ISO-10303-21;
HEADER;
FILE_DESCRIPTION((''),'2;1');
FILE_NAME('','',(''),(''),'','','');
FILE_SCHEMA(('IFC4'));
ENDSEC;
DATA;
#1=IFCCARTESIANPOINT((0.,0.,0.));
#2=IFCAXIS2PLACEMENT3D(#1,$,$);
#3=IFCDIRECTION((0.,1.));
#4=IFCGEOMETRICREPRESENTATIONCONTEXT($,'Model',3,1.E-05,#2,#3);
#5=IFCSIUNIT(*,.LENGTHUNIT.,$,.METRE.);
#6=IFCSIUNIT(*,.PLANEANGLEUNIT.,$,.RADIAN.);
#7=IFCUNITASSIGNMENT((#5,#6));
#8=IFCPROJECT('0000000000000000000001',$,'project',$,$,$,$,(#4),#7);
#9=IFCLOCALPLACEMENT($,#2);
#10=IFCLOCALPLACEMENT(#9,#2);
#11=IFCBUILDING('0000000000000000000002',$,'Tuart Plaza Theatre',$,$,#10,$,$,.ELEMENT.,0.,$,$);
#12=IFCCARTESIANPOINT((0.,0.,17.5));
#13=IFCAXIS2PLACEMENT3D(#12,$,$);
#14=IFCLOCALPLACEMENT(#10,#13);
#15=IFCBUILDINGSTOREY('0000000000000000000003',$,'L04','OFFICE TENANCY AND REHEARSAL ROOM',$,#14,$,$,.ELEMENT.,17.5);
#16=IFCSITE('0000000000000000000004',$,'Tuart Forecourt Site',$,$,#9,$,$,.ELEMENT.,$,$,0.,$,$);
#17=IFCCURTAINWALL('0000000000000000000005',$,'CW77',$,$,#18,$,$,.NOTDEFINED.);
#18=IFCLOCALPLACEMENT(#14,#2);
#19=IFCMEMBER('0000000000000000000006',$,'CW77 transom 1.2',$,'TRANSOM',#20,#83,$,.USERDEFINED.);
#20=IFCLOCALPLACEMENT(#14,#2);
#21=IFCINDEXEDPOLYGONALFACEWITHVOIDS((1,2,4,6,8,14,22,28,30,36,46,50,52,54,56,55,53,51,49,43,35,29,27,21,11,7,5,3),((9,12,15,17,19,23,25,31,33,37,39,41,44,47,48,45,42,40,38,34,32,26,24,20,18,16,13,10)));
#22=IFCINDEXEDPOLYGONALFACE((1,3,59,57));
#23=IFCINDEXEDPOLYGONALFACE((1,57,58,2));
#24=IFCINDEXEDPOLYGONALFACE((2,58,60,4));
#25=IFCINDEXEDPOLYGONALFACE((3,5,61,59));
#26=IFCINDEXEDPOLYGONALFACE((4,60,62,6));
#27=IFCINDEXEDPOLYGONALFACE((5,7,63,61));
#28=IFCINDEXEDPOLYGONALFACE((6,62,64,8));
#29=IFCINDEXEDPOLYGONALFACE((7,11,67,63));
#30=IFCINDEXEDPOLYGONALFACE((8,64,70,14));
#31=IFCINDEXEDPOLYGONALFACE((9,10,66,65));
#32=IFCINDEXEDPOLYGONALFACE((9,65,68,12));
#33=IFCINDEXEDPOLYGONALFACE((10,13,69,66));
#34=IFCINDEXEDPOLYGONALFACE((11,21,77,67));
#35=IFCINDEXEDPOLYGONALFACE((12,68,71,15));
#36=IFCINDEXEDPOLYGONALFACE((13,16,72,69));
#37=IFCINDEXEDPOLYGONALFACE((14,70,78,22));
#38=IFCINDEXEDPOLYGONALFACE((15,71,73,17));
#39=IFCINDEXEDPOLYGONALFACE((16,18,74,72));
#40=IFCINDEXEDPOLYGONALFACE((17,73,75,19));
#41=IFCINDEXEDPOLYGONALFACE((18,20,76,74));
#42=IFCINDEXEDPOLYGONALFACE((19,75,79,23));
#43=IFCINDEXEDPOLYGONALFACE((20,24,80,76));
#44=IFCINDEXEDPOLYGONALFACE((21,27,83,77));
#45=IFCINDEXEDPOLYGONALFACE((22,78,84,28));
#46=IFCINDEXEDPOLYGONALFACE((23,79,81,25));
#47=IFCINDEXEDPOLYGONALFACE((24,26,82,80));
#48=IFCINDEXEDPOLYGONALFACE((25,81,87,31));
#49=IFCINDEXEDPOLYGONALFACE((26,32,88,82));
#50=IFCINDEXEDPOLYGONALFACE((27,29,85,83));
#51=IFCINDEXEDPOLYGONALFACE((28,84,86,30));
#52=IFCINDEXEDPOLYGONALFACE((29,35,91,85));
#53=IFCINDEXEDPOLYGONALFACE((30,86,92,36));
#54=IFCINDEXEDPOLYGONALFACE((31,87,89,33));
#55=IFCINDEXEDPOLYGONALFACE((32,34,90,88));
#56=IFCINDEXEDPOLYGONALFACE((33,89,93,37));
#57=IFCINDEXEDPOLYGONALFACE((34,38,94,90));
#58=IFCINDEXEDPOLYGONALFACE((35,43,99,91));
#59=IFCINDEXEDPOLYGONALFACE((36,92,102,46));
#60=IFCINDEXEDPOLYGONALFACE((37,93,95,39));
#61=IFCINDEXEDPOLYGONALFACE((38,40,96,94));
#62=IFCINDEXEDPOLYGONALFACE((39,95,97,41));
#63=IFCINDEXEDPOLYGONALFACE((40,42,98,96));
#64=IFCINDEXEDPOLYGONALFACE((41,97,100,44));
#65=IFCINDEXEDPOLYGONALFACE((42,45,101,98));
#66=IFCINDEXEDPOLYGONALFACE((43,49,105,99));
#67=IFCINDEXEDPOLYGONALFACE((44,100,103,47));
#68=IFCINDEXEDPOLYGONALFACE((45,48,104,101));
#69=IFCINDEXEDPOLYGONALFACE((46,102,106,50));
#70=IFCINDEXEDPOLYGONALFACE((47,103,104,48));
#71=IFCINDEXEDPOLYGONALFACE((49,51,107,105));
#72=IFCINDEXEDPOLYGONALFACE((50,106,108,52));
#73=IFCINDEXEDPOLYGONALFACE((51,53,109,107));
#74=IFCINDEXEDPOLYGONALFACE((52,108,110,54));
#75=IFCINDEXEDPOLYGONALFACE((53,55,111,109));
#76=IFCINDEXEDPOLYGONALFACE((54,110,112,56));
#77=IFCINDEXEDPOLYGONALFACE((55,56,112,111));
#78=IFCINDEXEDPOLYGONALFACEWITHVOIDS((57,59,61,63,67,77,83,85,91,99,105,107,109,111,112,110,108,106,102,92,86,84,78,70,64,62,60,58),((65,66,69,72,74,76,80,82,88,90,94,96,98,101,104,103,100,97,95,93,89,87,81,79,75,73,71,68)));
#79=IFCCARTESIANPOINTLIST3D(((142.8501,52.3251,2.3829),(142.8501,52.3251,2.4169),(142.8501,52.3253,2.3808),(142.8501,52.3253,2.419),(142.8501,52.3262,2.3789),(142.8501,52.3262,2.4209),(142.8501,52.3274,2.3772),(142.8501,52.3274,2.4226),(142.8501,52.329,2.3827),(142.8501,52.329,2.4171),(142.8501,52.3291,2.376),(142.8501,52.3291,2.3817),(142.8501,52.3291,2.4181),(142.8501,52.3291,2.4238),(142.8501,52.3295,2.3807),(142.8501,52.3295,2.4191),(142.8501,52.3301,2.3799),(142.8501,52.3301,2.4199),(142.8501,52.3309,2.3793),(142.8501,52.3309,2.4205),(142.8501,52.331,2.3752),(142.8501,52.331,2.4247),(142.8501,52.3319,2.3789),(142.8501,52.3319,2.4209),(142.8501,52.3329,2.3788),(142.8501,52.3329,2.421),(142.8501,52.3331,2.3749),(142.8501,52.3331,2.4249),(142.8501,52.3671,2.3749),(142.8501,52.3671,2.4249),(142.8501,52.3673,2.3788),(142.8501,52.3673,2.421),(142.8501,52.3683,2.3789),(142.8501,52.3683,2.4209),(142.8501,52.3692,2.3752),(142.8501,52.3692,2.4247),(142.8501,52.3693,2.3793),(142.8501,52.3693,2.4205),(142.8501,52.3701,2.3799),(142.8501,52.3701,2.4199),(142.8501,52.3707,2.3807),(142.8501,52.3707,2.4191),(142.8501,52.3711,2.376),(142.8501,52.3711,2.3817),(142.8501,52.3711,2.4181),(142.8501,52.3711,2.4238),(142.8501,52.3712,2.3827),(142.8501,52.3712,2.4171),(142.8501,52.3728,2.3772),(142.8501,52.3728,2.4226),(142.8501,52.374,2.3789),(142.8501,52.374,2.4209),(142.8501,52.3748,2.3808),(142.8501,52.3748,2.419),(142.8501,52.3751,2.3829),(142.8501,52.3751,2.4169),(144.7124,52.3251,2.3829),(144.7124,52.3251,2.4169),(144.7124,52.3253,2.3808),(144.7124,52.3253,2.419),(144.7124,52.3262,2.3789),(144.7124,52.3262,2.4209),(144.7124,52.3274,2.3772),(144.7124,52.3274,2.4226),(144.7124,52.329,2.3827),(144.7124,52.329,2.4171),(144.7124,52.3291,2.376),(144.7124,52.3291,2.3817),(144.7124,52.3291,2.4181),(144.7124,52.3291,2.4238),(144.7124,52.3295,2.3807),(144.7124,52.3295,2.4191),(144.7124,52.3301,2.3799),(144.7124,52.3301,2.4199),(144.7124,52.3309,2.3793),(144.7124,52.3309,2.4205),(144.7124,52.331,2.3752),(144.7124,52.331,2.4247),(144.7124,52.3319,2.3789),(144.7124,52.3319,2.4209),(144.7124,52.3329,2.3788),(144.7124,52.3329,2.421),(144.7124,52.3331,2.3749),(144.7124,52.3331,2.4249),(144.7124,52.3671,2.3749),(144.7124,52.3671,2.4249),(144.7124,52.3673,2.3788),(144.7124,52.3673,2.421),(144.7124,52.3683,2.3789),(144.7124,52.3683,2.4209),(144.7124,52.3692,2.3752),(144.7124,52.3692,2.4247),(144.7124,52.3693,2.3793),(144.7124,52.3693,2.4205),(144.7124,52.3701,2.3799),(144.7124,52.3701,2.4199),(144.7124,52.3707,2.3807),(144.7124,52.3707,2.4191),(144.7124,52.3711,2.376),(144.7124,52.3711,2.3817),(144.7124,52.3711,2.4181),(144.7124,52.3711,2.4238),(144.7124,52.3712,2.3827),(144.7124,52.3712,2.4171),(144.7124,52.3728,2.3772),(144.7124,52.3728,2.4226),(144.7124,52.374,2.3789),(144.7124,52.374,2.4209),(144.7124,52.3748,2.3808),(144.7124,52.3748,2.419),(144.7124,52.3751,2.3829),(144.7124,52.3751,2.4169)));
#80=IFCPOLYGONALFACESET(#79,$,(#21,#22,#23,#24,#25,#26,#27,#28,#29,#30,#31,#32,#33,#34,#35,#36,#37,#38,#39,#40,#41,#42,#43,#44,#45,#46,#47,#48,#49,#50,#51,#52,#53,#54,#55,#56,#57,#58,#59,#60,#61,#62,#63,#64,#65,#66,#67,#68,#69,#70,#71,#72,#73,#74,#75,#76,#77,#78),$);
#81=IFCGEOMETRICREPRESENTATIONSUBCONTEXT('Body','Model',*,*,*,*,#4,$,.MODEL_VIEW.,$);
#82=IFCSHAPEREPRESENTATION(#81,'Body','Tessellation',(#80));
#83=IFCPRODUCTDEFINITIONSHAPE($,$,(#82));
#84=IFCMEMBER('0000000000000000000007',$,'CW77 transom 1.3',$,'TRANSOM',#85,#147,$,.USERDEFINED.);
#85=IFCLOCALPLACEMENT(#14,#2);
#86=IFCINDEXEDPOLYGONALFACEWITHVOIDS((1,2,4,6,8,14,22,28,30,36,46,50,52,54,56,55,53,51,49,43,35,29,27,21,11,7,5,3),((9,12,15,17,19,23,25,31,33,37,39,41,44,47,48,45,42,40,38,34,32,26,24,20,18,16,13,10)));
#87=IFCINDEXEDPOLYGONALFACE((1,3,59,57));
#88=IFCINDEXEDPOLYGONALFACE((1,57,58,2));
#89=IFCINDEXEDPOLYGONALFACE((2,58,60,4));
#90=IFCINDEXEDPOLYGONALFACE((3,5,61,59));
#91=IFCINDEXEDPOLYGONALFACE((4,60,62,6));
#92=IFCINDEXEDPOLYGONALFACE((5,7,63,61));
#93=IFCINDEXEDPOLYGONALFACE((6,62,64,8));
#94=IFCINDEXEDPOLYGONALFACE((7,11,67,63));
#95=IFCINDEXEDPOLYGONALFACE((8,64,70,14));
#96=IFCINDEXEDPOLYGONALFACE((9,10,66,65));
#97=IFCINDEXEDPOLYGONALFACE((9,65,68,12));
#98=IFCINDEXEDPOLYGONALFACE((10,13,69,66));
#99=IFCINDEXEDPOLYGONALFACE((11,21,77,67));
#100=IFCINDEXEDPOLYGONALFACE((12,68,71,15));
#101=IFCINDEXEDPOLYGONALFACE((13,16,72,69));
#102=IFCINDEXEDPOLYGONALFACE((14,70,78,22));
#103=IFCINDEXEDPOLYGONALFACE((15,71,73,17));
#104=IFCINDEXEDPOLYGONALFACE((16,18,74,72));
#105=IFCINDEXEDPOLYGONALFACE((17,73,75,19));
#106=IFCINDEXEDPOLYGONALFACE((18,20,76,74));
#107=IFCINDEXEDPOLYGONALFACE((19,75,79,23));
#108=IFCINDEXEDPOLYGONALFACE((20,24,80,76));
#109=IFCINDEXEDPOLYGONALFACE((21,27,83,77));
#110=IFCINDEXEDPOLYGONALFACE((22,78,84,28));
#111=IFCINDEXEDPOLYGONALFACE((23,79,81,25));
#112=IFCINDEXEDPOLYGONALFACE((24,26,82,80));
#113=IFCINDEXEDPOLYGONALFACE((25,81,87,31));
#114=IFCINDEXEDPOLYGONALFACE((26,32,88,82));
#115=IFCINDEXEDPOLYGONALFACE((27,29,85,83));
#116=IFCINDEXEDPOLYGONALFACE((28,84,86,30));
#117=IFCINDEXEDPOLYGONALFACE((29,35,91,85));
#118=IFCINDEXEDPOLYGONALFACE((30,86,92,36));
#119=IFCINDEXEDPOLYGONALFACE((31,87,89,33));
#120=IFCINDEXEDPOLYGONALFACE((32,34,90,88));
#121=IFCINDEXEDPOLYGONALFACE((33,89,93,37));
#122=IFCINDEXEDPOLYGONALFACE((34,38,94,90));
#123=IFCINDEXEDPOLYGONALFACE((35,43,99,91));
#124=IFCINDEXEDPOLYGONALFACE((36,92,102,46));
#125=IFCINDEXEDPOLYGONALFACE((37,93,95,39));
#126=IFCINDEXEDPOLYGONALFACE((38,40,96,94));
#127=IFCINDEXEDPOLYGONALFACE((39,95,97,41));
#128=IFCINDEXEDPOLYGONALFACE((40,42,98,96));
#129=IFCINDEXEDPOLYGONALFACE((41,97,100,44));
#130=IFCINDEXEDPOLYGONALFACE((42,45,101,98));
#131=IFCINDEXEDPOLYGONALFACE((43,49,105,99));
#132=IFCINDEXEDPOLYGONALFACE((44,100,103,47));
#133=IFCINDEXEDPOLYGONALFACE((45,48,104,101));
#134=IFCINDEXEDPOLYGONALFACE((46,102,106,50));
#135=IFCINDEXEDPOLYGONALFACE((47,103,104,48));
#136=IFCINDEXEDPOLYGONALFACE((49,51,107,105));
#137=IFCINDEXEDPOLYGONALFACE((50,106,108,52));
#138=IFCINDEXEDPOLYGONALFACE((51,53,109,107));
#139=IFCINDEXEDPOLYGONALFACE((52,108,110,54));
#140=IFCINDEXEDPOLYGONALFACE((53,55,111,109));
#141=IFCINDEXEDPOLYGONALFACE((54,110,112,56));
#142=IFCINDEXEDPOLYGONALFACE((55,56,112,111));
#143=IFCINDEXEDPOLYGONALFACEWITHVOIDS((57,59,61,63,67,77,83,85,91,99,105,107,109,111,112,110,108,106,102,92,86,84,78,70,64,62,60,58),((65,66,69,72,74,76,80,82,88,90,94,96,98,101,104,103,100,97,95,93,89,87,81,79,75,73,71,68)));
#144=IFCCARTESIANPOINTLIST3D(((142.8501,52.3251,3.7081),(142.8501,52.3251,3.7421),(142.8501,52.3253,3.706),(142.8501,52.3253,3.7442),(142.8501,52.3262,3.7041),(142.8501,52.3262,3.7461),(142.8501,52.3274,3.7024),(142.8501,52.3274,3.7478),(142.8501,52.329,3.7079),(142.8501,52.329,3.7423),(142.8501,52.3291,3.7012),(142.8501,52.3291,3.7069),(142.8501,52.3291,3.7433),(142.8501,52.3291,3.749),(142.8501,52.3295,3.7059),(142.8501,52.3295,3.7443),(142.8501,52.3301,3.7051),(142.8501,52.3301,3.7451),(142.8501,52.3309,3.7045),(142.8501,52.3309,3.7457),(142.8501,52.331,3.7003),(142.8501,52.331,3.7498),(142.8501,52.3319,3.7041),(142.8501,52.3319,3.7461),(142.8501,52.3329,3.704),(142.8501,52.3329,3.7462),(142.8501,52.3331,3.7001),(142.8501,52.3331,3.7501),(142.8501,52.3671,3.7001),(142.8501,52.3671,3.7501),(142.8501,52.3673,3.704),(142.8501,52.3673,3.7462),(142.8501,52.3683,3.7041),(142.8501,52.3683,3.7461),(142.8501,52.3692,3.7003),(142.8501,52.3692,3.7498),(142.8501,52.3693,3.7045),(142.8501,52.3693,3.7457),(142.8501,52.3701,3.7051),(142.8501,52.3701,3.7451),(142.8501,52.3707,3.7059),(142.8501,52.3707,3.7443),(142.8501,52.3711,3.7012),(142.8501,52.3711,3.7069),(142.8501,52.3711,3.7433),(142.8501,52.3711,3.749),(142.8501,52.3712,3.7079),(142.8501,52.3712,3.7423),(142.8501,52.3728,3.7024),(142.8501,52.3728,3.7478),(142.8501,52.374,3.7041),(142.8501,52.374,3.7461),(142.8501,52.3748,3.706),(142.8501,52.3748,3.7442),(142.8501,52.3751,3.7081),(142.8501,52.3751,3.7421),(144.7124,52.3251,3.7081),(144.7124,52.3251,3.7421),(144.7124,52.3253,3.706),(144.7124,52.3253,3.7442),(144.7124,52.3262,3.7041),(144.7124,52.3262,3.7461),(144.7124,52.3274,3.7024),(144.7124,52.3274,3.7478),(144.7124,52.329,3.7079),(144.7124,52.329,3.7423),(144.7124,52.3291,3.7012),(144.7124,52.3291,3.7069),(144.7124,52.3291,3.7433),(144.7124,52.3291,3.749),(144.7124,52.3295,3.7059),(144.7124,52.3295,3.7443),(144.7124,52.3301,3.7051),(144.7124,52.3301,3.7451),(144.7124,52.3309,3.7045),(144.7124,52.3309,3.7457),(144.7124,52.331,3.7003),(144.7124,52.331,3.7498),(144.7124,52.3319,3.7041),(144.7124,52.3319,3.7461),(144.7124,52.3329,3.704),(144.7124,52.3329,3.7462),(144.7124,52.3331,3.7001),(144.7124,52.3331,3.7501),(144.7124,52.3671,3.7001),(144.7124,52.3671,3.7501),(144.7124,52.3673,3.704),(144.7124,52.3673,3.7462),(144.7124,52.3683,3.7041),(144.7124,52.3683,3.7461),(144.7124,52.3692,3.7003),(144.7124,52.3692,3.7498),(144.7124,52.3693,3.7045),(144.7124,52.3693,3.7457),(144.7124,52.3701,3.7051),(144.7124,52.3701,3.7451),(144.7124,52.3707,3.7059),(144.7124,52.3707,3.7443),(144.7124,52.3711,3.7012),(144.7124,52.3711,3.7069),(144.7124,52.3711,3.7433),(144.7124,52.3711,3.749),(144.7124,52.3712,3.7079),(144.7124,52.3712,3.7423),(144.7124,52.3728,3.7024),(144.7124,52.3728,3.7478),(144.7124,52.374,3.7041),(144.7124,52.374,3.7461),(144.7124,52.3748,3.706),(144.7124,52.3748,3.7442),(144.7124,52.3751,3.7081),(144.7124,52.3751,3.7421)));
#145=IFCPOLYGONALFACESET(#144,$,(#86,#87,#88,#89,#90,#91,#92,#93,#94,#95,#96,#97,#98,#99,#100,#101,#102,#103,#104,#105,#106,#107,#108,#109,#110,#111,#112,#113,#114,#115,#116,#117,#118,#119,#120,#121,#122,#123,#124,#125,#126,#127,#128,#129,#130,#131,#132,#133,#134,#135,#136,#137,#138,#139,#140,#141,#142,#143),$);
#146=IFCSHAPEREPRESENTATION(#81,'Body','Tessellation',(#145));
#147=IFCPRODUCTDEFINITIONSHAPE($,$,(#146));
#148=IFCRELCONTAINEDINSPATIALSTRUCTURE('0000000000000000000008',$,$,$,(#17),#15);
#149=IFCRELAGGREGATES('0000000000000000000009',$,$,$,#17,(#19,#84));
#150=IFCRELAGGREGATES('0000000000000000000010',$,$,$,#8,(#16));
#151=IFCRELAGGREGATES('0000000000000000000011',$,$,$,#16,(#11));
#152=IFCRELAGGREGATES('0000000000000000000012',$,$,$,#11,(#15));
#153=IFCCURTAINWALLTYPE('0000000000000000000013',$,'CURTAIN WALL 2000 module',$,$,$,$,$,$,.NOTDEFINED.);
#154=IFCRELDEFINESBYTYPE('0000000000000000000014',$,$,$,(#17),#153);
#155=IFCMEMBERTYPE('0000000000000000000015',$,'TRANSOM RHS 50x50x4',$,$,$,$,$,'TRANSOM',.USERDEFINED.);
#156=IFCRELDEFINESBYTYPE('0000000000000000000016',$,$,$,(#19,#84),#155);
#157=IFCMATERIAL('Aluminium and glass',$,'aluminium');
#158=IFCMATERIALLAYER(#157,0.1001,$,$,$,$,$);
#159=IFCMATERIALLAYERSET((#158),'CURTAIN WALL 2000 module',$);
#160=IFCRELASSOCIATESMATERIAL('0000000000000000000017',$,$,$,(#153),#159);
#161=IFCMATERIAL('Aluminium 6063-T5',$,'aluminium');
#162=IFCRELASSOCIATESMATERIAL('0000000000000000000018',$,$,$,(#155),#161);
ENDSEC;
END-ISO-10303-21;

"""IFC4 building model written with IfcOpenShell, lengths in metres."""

from ifc_helpers import new_model, si_unit, direction, frame, origin, origin_2d, place, context, subcontext, project, spatial, hollow_rectangle, extrude, material, layer, layer_set, material_profile, profile_set, type_object, element, aggregate, save


model = new_model("IFC4")

# Units and contexts
model_context = context("Model", 3, precision=1e-05, world=origin(), true_north=direction((0.0, 1.0)))
body_context = subcontext(model_context, "Body", "Model", "MODEL_VIEW")
ifc_project = project(units=[si_unit("LENGTHUNIT", "METRE"), si_unit("PLANEANGLEUNIT", "RADIAN")], contexts=[model_context])

# Site, building, storey
site_placement = place(None, origin())
site = spatial("IfcSite", under=ifc_project, at=site_placement, Name="Tuart Forecourt Site", CompositionType="ELEMENT", RefElevation=0.0)
building_placement = place(site_placement, origin())
building = spatial("IfcBuilding", under=site, at=building_placement, Name="Tuart Plaza Theatre", CompositionType="ELEMENT", ElevationOfRefHeight=0.0)
storey_placement = place(building_placement, frame((0.0, 0.0, 17.5)))
storey = spatial("IfcBuildingStorey", under=building, at=storey_placement, Name="L04", Description="OFFICE TENANCY AND REHEARSAL ROOM", CompositionType="ELEMENT", Elevation=17.5)

# Curtain wall
ifc_material_1 = material(Name="Aluminium and glass", Category="aluminium")
ifc_layer_1 = layer(ifc_material_1, 0.1001)
ifc_layer_set_1 = layer_set([ifc_layer_1], Name="CURTAIN WALL 2000 module")
curtain_wall_type = type_object("IfcCurtainWallType", Name="CURTAIN WALL 2000 module", PredefinedType="NOTDEFINED", material=ifc_layer_set_1)
curtain_wall_1_placement = place(storey_placement, origin())
curtain_wall_1 = element("IfcCurtainWall", 1, at=curtain_wall_1_placement, inside=storey, type_object=curtain_wall_type, Name="CW77", PredefinedType="NOTDEFINED")

# Members
ifc_material_2 = material(Name="Aluminium 6063-T5", Category="aluminium")
ifc_material_profile_1 = material_profile(ifc_material_2, hollow_rectangle(XDim=0.05, YDim=0.05, WallThickness=0.0039, InnerFilletRadius=0.0039, OuterFilletRadius=0.0081, at=origin_2d()), Name="RHS 50x50x4")
ifc_profile_set_1 = profile_set([ifc_material_profile_1], Name="Aluminium 6063-T5")
member_type_1 = type_object("IfcMemberType", Name="TRANSOM RHS 50x50x4", ElementType="TRANSOM", PredefinedType="USERDEFINED", material=ifc_profile_set_1)
member_1_placement = place(storey_placement, frame((142.8501, 52.3501, 2.3999), z_axis=(1.0, 0.0, 0.0), x_axis=(0.0, 1.0, 0.0)))
member_1 = element("IfcMember", 2, at=member_1_placement, type_object=member_type_1, Name="CW77 transom 1.2", ObjectType="TRANSOM", PredefinedType="USERDEFINED", context=body_context, shape_type="SweptSolid", body=[
    extrude(hollow_rectangle(XDim=0.05, YDim=0.05, WallThickness=0.0039, InnerFilletRadius=0.0039, OuterFilletRadius=0.0081, at=origin_2d()), origin(), (0.0, 0.0, 1.0), 1.8623),
])
member_2_placement = place(storey_placement, frame((142.8501, 52.3501, 3.7251), z_axis=(1.0, 0.0, 0.0), x_axis=(0.0, 1.0, 0.0)))
member_2 = element("IfcMember", 3, at=member_2_placement, type_object=member_type_1, Name="CW77 transom 1.3", ObjectType="TRANSOM", PredefinedType="USERDEFINED", context=body_context, shape_type="SweptSolid", body=[
    extrude(hollow_rectangle(XDim=0.05, YDim=0.05, WallThickness=0.0039, InnerFilletRadius=0.0039, OuterFilletRadius=0.0081, at=origin_2d()), origin(), (0.0, 0.0, 1.0), 1.8623),
])

aggregate(curtain_wall_1, [member_1, member_2])

save(model, "model.ifc")
